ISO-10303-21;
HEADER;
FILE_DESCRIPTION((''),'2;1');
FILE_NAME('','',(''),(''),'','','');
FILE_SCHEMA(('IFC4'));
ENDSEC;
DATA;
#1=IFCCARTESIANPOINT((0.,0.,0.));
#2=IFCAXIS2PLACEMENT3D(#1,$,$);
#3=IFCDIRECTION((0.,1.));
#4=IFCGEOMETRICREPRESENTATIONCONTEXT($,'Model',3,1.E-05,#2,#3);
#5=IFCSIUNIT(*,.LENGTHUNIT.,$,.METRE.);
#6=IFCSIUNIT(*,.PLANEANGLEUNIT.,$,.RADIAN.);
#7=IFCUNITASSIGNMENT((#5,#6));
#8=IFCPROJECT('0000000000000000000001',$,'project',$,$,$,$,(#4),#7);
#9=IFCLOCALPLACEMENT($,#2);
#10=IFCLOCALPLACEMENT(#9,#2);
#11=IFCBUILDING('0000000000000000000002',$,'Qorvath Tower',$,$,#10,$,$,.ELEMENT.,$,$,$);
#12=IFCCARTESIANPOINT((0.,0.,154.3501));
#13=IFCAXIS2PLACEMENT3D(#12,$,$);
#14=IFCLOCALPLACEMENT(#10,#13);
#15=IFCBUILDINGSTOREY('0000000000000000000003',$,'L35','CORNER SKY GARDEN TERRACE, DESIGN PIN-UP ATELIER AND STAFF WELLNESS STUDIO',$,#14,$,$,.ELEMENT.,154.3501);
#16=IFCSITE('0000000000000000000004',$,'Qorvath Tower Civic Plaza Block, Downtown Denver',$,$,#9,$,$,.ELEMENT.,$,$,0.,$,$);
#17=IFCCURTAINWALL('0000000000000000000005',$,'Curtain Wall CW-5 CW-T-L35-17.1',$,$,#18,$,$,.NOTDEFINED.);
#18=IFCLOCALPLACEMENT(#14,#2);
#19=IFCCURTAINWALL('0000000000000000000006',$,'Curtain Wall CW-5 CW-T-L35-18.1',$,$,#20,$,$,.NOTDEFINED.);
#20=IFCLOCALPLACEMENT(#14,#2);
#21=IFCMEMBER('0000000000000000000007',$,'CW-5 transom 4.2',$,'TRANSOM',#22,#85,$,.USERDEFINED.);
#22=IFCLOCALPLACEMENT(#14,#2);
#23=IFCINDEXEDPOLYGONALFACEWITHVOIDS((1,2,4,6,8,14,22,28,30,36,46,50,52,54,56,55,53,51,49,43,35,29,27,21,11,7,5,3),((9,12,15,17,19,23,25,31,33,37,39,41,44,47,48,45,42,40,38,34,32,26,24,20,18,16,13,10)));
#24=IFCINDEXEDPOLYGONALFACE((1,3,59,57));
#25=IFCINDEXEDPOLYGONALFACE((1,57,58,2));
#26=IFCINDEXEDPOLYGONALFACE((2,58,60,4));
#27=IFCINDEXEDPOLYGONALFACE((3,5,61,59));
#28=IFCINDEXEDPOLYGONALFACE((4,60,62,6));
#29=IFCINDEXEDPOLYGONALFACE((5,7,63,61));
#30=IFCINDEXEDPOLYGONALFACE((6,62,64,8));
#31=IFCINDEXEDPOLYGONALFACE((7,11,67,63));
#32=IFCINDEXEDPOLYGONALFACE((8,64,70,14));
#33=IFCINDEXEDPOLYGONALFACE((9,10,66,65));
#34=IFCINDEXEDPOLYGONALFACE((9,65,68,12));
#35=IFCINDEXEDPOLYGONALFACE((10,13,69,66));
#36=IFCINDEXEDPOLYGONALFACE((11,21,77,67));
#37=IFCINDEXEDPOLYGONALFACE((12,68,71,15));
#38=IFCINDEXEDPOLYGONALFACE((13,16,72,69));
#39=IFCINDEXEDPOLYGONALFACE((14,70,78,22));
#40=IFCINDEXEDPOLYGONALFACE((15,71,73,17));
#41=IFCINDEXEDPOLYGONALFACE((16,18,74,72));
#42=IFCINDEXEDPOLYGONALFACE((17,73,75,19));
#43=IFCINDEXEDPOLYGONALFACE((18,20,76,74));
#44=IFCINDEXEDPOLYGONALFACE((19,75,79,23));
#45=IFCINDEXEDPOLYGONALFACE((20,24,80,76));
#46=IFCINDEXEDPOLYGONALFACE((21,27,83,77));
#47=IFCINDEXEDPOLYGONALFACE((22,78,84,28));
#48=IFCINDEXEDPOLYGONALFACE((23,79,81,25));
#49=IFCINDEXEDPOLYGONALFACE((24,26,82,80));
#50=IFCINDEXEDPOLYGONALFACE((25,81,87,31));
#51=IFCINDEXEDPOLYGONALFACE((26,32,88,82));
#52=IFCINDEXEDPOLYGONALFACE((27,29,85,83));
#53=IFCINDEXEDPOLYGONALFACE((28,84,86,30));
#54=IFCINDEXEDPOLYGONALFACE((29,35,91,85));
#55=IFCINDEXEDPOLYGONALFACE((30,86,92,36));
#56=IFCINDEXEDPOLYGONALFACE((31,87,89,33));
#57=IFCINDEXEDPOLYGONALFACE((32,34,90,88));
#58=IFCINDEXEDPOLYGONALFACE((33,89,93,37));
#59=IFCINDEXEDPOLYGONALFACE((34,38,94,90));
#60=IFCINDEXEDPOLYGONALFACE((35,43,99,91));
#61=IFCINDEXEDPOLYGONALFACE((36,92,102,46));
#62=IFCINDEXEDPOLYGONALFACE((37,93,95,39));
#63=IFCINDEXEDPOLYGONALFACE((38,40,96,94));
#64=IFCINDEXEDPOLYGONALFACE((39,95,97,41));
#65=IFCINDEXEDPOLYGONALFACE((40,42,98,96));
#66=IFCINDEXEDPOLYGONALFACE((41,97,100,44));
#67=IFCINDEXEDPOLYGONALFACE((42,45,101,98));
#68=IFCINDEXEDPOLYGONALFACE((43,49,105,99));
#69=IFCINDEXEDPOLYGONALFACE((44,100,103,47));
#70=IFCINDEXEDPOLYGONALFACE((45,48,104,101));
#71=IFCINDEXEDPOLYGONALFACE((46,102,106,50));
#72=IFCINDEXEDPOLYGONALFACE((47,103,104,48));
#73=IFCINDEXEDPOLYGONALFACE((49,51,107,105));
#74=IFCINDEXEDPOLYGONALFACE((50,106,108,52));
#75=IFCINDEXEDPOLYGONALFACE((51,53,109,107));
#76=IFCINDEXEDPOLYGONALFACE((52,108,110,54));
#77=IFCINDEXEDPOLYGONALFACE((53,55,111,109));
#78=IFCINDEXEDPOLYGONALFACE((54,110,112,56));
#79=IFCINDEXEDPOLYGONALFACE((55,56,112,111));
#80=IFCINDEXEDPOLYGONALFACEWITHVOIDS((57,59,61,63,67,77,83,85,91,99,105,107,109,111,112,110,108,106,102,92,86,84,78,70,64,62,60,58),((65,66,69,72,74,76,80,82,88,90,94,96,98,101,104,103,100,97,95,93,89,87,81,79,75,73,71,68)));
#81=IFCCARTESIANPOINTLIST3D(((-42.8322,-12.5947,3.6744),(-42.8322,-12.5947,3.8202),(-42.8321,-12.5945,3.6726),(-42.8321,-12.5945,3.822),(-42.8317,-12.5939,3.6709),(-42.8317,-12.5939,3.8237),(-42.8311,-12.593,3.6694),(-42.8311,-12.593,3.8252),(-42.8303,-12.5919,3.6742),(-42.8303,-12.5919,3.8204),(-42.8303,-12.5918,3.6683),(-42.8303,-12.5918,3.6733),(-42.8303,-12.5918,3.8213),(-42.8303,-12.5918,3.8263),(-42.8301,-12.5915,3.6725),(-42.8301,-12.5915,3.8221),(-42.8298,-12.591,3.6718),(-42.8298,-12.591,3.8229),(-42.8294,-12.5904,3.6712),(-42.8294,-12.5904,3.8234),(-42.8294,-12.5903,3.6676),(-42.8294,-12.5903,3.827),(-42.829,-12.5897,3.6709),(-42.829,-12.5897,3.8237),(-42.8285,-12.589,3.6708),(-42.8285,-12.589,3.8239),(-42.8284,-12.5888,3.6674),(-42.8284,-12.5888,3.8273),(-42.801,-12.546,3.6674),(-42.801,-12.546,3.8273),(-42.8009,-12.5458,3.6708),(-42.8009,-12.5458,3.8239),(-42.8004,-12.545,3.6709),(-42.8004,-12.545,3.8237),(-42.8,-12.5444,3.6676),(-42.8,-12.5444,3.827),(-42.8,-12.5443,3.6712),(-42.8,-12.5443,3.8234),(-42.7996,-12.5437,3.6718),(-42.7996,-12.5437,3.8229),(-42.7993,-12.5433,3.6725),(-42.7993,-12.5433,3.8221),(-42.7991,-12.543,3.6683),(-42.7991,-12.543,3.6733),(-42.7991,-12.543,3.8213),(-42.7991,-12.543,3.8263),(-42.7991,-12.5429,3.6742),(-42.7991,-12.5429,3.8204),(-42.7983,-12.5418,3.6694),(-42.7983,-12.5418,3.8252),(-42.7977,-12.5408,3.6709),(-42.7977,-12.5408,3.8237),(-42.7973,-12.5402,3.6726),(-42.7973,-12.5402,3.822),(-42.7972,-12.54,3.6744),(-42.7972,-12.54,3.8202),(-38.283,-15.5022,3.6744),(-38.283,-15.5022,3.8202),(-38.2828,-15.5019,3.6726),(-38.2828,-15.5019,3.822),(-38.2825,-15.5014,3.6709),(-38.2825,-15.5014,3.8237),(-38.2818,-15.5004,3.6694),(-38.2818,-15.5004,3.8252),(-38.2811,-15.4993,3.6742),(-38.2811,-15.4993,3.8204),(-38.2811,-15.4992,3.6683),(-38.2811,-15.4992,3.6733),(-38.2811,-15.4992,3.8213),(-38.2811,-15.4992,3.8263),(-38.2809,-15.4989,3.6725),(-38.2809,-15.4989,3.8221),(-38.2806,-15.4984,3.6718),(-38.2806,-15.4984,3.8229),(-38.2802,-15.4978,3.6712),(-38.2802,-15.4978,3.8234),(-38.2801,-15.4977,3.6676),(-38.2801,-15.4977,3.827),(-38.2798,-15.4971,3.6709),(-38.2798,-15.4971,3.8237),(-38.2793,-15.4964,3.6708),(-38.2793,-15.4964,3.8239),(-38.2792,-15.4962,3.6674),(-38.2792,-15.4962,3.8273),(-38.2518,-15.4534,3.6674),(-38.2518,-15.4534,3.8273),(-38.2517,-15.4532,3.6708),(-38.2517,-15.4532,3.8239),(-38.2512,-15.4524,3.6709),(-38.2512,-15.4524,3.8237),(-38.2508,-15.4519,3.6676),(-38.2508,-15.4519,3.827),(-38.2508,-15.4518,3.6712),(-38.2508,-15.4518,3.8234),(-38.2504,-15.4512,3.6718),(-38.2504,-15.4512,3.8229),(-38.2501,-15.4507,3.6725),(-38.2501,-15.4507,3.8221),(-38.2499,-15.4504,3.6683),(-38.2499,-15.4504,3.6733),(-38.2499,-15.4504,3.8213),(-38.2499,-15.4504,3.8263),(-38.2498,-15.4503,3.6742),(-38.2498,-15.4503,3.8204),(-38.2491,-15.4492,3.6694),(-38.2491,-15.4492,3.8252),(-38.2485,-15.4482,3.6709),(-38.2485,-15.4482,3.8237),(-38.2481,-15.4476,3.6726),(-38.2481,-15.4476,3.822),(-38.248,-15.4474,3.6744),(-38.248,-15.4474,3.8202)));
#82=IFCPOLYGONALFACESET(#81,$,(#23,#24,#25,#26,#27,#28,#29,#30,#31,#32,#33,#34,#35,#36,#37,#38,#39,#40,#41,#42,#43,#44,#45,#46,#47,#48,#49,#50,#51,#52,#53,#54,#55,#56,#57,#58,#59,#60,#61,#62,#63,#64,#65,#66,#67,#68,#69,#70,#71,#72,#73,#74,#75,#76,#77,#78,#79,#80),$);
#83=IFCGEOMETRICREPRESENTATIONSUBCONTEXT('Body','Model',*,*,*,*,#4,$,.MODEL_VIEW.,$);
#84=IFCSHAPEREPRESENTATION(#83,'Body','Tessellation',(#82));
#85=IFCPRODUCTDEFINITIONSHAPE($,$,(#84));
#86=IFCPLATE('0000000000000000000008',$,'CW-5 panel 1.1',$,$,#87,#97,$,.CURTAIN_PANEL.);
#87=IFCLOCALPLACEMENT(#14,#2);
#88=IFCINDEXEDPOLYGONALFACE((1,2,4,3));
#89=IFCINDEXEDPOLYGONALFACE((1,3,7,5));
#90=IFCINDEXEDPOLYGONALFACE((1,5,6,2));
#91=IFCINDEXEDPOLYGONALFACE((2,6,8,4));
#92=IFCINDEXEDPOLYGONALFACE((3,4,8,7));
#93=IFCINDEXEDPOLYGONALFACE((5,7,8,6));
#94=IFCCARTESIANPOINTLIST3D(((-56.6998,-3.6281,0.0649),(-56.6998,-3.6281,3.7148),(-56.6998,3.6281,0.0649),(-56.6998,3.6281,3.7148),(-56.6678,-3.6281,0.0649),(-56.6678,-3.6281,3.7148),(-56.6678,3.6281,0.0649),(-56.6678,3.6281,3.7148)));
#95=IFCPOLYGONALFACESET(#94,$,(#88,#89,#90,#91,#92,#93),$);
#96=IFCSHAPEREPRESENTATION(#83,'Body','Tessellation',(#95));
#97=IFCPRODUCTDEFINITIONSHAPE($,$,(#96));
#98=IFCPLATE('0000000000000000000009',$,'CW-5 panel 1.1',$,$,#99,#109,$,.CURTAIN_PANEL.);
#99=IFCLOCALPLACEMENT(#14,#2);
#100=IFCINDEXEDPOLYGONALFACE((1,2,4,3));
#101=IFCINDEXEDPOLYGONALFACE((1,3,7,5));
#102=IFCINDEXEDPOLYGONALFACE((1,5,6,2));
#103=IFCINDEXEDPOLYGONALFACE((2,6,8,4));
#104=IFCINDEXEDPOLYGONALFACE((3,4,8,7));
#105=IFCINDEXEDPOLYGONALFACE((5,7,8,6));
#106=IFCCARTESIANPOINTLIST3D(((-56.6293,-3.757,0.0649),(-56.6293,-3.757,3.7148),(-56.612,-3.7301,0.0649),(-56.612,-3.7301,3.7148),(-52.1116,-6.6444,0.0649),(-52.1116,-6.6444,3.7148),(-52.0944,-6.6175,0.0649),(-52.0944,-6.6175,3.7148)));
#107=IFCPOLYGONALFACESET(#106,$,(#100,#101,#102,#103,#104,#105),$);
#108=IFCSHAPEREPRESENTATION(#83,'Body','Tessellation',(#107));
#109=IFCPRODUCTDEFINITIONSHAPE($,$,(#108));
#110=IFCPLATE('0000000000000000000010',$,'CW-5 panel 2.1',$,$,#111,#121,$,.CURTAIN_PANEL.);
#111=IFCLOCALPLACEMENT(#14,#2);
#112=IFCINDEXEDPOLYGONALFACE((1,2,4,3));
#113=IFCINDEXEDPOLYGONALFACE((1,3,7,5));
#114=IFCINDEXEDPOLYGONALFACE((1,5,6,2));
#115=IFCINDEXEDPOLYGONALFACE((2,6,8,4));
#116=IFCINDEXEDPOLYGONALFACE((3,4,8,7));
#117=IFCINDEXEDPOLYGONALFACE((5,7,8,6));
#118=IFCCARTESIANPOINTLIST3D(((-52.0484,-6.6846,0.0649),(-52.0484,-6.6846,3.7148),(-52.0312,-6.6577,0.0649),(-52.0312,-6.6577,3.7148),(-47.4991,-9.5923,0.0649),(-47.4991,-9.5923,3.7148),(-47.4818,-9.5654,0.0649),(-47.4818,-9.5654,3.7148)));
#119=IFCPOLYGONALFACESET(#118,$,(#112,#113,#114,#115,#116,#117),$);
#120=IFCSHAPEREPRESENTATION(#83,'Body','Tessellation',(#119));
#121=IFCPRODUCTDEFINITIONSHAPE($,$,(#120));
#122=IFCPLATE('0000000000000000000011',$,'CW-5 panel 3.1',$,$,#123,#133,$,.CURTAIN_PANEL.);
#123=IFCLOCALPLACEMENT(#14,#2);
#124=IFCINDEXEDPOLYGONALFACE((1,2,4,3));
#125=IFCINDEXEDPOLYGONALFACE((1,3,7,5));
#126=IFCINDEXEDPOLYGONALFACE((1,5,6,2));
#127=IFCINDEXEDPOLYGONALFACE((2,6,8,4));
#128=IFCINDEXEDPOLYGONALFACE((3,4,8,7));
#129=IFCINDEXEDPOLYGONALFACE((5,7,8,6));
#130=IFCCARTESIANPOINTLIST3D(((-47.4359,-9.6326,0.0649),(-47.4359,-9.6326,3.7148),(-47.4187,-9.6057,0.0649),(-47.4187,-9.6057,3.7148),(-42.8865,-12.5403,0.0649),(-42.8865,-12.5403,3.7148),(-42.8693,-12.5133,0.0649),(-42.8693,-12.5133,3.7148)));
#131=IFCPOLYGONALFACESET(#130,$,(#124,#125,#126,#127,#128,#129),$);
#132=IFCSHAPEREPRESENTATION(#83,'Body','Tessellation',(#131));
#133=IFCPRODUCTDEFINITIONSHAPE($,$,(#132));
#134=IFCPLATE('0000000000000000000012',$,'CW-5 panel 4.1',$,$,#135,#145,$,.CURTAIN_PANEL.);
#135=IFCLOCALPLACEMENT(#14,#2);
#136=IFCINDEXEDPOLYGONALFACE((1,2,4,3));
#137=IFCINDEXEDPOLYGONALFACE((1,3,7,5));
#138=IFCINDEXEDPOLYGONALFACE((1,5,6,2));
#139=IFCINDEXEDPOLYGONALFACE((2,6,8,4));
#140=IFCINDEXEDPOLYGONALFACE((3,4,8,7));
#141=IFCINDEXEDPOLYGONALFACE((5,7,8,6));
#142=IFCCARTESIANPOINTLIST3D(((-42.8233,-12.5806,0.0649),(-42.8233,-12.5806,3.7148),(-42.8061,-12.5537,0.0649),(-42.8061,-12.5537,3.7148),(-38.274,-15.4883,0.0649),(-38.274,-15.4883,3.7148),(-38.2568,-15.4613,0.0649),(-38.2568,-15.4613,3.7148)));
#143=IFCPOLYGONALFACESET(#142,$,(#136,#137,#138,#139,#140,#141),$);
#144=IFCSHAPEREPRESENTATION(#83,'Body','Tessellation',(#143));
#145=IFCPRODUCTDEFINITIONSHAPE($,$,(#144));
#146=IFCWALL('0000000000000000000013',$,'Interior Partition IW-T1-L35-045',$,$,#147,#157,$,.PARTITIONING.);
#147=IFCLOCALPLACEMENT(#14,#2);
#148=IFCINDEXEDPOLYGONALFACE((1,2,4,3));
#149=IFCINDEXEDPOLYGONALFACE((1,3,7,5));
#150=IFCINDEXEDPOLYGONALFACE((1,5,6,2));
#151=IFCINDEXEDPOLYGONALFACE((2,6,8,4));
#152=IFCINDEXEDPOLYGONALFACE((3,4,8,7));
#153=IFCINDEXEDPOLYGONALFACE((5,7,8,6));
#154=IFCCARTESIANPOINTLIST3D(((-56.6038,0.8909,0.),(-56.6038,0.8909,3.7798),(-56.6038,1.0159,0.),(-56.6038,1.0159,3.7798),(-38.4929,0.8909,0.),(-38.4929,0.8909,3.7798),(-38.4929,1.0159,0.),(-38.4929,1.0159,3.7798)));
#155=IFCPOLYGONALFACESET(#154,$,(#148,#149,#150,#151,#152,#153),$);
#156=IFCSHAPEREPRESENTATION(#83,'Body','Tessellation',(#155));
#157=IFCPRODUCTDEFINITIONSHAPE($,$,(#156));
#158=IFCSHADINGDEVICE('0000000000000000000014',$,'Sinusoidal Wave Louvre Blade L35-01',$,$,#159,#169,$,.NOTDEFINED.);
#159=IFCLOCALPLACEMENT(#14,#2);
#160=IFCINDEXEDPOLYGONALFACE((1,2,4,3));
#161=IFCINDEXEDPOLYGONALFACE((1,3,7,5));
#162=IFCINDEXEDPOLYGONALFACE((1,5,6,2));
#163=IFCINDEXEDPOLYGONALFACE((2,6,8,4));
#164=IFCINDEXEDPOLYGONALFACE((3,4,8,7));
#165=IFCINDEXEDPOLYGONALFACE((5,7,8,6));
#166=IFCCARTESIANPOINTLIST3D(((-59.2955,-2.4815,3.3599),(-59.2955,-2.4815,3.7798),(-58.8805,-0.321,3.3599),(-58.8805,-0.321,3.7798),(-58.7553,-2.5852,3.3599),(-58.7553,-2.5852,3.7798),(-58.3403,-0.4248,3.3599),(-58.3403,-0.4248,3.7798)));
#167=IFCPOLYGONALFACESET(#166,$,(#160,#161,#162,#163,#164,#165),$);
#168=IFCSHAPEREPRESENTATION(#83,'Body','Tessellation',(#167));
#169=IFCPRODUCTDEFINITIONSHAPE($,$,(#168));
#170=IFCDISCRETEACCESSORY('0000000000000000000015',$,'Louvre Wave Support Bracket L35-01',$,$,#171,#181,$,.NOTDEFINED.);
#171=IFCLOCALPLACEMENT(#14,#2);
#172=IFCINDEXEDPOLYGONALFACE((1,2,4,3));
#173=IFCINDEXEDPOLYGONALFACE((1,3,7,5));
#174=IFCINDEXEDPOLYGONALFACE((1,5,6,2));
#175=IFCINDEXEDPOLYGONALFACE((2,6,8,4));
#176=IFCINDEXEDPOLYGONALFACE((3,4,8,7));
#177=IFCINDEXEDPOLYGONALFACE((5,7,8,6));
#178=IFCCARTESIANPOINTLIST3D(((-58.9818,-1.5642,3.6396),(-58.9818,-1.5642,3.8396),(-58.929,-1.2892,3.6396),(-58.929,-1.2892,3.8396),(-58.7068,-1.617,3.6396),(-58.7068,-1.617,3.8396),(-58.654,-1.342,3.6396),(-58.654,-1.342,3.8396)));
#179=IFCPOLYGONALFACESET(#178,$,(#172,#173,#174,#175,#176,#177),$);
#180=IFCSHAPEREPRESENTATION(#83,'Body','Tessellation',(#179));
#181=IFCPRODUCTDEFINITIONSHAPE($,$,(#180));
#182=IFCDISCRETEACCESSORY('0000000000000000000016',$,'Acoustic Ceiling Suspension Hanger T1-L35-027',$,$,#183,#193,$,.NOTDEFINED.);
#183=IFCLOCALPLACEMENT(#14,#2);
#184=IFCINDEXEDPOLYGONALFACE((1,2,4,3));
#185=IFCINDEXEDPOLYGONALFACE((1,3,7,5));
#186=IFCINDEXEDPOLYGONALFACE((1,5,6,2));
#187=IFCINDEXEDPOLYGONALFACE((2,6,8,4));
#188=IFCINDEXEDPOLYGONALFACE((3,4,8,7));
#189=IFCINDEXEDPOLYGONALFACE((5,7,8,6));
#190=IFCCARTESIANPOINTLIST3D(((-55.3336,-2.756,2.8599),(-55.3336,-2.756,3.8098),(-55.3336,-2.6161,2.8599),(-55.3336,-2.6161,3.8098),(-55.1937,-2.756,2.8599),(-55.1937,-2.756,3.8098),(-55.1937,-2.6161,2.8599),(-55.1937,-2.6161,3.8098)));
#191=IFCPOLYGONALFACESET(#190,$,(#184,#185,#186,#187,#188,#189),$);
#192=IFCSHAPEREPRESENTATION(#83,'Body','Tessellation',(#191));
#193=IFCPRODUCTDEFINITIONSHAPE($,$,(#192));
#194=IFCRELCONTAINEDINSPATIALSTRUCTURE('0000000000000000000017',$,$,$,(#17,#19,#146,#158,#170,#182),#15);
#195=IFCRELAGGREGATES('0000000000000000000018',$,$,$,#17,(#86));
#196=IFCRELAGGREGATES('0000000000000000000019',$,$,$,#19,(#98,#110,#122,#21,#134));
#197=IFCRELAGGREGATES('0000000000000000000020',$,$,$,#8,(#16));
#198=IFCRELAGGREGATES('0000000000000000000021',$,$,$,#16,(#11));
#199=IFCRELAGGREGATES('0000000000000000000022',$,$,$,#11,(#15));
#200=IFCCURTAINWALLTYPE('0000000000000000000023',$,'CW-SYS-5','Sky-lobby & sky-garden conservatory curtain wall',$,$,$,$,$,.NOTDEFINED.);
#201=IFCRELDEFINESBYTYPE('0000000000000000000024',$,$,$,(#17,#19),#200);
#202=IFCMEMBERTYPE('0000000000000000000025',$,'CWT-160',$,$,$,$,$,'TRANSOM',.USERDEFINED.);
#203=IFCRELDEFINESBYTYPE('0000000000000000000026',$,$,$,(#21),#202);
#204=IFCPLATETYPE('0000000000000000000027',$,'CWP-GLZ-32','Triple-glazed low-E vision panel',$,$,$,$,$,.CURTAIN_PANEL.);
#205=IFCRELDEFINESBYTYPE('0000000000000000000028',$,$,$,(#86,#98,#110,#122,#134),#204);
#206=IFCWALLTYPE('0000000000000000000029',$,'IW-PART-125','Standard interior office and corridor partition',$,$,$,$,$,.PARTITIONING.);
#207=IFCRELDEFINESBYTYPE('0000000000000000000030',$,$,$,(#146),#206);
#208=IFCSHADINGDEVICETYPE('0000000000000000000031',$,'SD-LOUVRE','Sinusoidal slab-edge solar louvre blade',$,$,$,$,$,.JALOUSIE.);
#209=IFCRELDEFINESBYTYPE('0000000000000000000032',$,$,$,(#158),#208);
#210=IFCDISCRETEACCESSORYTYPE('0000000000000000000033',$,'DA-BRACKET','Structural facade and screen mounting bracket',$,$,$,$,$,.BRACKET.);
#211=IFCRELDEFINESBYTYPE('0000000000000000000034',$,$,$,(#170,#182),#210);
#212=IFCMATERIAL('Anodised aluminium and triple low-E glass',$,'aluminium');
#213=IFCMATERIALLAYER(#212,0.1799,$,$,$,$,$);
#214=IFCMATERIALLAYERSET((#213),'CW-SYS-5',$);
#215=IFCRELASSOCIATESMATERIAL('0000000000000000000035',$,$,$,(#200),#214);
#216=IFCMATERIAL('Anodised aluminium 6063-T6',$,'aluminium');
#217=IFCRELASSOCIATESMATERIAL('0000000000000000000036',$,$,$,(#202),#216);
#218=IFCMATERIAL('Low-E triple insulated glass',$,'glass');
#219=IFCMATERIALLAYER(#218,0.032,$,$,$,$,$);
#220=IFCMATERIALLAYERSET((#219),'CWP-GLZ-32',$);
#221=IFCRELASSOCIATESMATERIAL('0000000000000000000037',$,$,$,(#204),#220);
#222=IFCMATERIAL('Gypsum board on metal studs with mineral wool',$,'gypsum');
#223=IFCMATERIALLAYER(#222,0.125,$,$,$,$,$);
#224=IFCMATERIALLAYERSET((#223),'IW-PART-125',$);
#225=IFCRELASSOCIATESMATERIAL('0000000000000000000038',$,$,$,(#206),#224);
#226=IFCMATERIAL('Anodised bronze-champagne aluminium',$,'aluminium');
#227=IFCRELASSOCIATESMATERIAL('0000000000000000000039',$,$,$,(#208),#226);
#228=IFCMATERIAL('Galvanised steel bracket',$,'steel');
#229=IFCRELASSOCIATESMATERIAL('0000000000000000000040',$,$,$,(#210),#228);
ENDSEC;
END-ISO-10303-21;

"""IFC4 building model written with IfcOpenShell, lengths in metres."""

from ifc_helpers import new_model, si_unit, direction, frame, frame_2d, origin, origin_2d, place, context, subcontext, project, spatial, rectangle, hollow_rectangle, extrude, material, layer, layer_set, material_profile, profile_set, type_object, element, aggregate, save


model = new_model("IFC4")

# Units and contexts
model_context = context("Model", 3, precision=1e-05, world=origin(), true_north=direction((0.0, 1.0)))
body_context = subcontext(model_context, "Body", "Model", "MODEL_VIEW")
ifc_project = project(units=[si_unit("LENGTHUNIT", "METRE"), si_unit("PLANEANGLEUNIT", "RADIAN")], contexts=[model_context])

# Site, building, storey
site_placement = place(None, origin())
site = spatial("IfcSite", under=ifc_project, at=site_placement, Name="Qorvath Tower Civic Plaza Block, Downtown Denver", CompositionType="ELEMENT", RefElevation=0.0)
building_placement = place(site_placement, origin())
building = spatial("IfcBuilding", under=site, at=building_placement, Name="Qorvath Tower", CompositionType="ELEMENT")
storey_placement = place(building_placement, frame((0.0, 0.0, 154.3501)))
storey = spatial("IfcBuildingStorey", under=building, at=storey_placement, Name="L35", Description="CORNER SKY GARDEN TERRACE, DESIGN PIN-UP ATELIER AND STAFF WELLNESS STUDIO", CompositionType="ELEMENT", Elevation=154.3501)

# Curtain wall
ifc_material_1 = material(Name="Anodised aluminium and triple low-E glass", Category="aluminium")
ifc_layer_1 = layer(ifc_material_1, 0.1799)
ifc_layer_set_1 = layer_set([ifc_layer_1], Name="CW-SYS-5")
curtain_wall_type = type_object("IfcCurtainWallType", Name="CW-SYS-5", Description="Sky-lobby & sky-garden conservatory curtain wall", PredefinedType="NOTDEFINED", material=ifc_layer_set_1)
curtain_wall_1_placement = place(storey_placement, origin())
curtain_wall_1 = element("IfcCurtainWall", 1, at=curtain_wall_1_placement, inside=storey, type_object=curtain_wall_type, Name="Curtain Wall CW-5 CW-T-L35-17.1", PredefinedType="NOTDEFINED")

# Curtain wall, member
curtain_wall_2_placement = place(storey_placement, origin())
curtain_wall_2 = element("IfcCurtainWall", 2, at=curtain_wall_2_placement, inside=storey, type_object=curtain_wall_type, Name="Curtain Wall CW-5 CW-T-L35-18.1", PredefinedType="NOTDEFINED")
ifc_material_2 = material(Name="Anodised aluminium 6063-T6", Category="aluminium")
ifc_material_profile_1 = material_profile(ifc_material_2, hollow_rectangle(XDim=0.0649, YDim=0.1599, WallThickness=0.0034, InnerFilletRadius=0.0034, OuterFilletRadius=0.0071, at=origin_2d()), Name="CWT 160x65")
ifc_profile_set_1 = profile_set([ifc_material_profile_1], Name="Anodised aluminium 6063-T6")
member_type_1 = type_object("IfcMemberType", Name="CWT-160", ElementType="TRANSOM", PredefinedType="USERDEFINED", material=ifc_profile_set_1)
member_1_placement = place(storey_placement, frame((-42.8147, -12.5674, 3.7473), z_axis=(0.842615, -0.538516, 0.0), x_axis=(0.538516, 0.842615, 0.0)))
member_1 = element("IfcMember", 3, at=member_1_placement, type_object=member_type_1, Name="CW-5 transom 4.2", ObjectType="TRANSOM", PredefinedType="USERDEFINED", context=body_context, shape_type="SweptSolid", body=[
    extrude(hollow_rectangle(XDim=0.0649, YDim=0.1599, WallThickness=0.0034, InnerFilletRadius=0.0034, OuterFilletRadius=0.0071, at=origin_2d()), origin(), (0.0, 0.0, 1.0), 5.3989),
])

# Plates
ifc_material_3 = material(Name="Low-E triple insulated glass", Category="glass")
ifc_layer_2 = layer(ifc_material_3, 0.032)
ifc_layer_set_2 = layer_set([ifc_layer_2], Name="CWP-GLZ-32")
plate_type = type_object("IfcPlateType", Name="CWP-GLZ-32", Description="Triple-glazed low-E vision panel", PredefinedType="CURTAIN_PANEL", material=ifc_layer_set_2)
plate_1_placement = place(storey_placement, frame((-56.6838, 0.0, 0.0649), z_axis=(0.0, 0.0, 1.0), x_axis=(0.0, -1.0, 0.0)))
plate_1 = element("IfcPlate", 4, at=plate_1_placement, type_object=plate_type, Name="CW-5 panel 1.1", PredefinedType="CURTAIN_PANEL", context=body_context, shape_type="SweptSolid", body=[
    extrude(rectangle(XDim=7.2561, YDim=0.032, at=origin_2d()), origin(), (0.0, 0.0, 1.0), 3.6499),
])
aggregate(curtain_wall_1, [plate_1])
plate_2_placement = place(storey_placement, frame((-54.3618, -5.1873, 0.0649), z_axis=(0.0, 0.0, 1.0), x_axis=(0.842602, -0.538536, 0.0)))
plate_2 = element("IfcPlate", 5, at=plate_2_placement, type_object=plate_type, Name="CW-5 panel 1.1", PredefinedType="CURTAIN_PANEL", context=body_context, shape_type="SweptSolid", body=[
    extrude(rectangle(XDim=5.3616, YDim=0.032, at=origin_2d()), origin(), (0.0, 0.0, 1.0), 3.6499),
])
plate_3_placement = place(storey_placement, frame((-49.7651, -8.125, 0.0649), z_axis=(0.0, 0.0, 1.0), x_axis=(0.842602, -0.538536, 0.0)))
plate_3 = element("IfcPlate", 6, at=plate_3_placement, type_object=plate_type, Name="CW-5 panel 2.1", PredefinedType="CURTAIN_PANEL", context=body_context, shape_type="SweptSolid", body=[
    extrude(rectangle(XDim=5.3992, YDim=0.032, at=origin_2d()), origin(), (0.0, 0.0, 1.0), 3.6499),
])
plate_4_placement = place(storey_placement, frame((-45.1526, -11.073, 0.0649), z_axis=(0.0, 0.0, 1.0), x_axis=(0.842602, -0.538536, 0.0)))
plate_4 = element("IfcPlate", 7, at=plate_4_placement, type_object=plate_type, Name="CW-5 panel 3.1", PredefinedType="CURTAIN_PANEL", context=body_context, shape_type="SweptSolid", body=[
    extrude(rectangle(XDim=5.3992, YDim=0.032, at=origin_2d()), origin(), (0.0, 0.0, 1.0), 3.6499),
])
plate_5_placement = place(storey_placement, frame((-40.54, -14.021, 0.0649), z_axis=(0.0, 0.0, 1.0), x_axis=(0.842602, -0.538536, 0.0)))
plate_5 = element("IfcPlate", 8, at=plate_5_placement, type_object=plate_type, Name="CW-5 panel 4.1", PredefinedType="CURTAIN_PANEL", context=body_context, shape_type="SweptSolid", body=[
    extrude(rectangle(XDim=5.3992, YDim=0.032, at=origin_2d()), origin(), (0.0, 0.0, 1.0), 3.6499),
])
aggregate(curtain_wall_2, [plate_2, plate_3, plate_4, member_1, plate_5])

# Wall
ifc_material_4 = material(Name="Gypsum board on metal studs with mineral wool", Category="gypsum")
ifc_layer_3 = layer(ifc_material_4, 0.125)
ifc_layer_set_3 = layer_set([ifc_layer_3], Name="IW-PART-125")
wall_type = type_object("IfcWallType", Name="IW-PART-125", Description="Standard interior office and corridor partition", PredefinedType="PARTITIONING", material=ifc_layer_set_3)
wall_placement = place(storey_placement, frame((-38.4929, 0.9534, 0.0), z_axis=(0.0, 0.0, 1.0), x_axis=(-1.0, 0.0, 0.0)))
element("IfcWall", 9, at=wall_placement, inside=storey, type_object=wall_type, Name="Interior Partition IW-T1-L35-045", PredefinedType="PARTITIONING", context=body_context, shape_type="SweptSolid", body=[
    extrude(rectangle(XDim=18.1108, YDim=0.125, at=frame_2d((9.0554, 0.0))), origin(), (0.0, 0.0, 1.0), 3.7798),
])

# Shading device
ifc_material_5 = material(Name="Anodised bronze-champagne aluminium", Category="aluminium")
shading_device_type = type_object("IfcShadingDeviceType", Name="SD-LOUVRE", Description="Sinusoidal slab-edge solar louvre blade", PredefinedType="JALOUSIE", material=ifc_material_5)
shading_device_placement = place(storey_placement, frame((-58.8179, -1.4531, 3.3599), z_axis=(0.0, 0.0, 1.0), x_axis=(-0.188646, -0.982045, 0.0)))
element("IfcShadingDevice", 10, at=shading_device_placement, inside=storey, type_object=shading_device_type, Name="Sinusoidal Wave Louvre Blade L35-01", PredefinedType="NOTDEFINED", context=body_context, shape_type="SweptSolid", body=[
    extrude(rectangle(XDim=2.2, YDim=0.55, at=origin_2d()), origin(), (0.0, 0.0, 1.0), 0.4199),
])

# Discrete accessories
ifc_material_6 = material(Name="Galvanised steel bracket", Category="steel")
discrete_accessory_type = type_object("IfcDiscreteAccessoryType", Name="DA-BRACKET", Description="Structural facade and screen mounting bracket", PredefinedType="BRACKET", material=ifc_material_6)
discrete_accessory_placement = place(storey_placement, frame((-58.8179, -1.4531, 3.6396), z_axis=(0.0, 0.0, 1.0), x_axis=(-0.188646, -0.982045, 0.0)))
element("IfcDiscreteAccessory", 11, at=discrete_accessory_placement, inside=storey, type_object=discrete_accessory_type, Name="Louvre Wave Support Bracket L35-01", PredefinedType="NOTDEFINED", context=body_context, shape_type="SweptSolid", body=[
    extrude(rectangle(XDim=0.28, YDim=0.28, at=origin_2d()), origin(), (0.0, 0.0, 1.0), 0.2),
])
for number, where, z_axis, x_axis, name in (
    (12, (-55.2637, -2.686, 2.8599), (0.0, 0.0, 1.0), (1.0, 0.0, 0.0), "Acoustic Ceiling Suspension Hanger T1-L35-027"),
):
    element("IfcDiscreteAccessory", number, at=place(storey_placement, frame(where, z_axis=z_axis, x_axis=x_axis)), inside=storey, type_object=discrete_accessory_type, Name=name, PredefinedType="NOTDEFINED", context=body_context, shape_type="SweptSolid", body=[
        extrude(rectangle(XDim=0.1399, YDim=0.1399, at=origin_2d()), origin(), (0.0, 0.0, 1.0), 0.95),
    ])

save(model, "model.ifc")
